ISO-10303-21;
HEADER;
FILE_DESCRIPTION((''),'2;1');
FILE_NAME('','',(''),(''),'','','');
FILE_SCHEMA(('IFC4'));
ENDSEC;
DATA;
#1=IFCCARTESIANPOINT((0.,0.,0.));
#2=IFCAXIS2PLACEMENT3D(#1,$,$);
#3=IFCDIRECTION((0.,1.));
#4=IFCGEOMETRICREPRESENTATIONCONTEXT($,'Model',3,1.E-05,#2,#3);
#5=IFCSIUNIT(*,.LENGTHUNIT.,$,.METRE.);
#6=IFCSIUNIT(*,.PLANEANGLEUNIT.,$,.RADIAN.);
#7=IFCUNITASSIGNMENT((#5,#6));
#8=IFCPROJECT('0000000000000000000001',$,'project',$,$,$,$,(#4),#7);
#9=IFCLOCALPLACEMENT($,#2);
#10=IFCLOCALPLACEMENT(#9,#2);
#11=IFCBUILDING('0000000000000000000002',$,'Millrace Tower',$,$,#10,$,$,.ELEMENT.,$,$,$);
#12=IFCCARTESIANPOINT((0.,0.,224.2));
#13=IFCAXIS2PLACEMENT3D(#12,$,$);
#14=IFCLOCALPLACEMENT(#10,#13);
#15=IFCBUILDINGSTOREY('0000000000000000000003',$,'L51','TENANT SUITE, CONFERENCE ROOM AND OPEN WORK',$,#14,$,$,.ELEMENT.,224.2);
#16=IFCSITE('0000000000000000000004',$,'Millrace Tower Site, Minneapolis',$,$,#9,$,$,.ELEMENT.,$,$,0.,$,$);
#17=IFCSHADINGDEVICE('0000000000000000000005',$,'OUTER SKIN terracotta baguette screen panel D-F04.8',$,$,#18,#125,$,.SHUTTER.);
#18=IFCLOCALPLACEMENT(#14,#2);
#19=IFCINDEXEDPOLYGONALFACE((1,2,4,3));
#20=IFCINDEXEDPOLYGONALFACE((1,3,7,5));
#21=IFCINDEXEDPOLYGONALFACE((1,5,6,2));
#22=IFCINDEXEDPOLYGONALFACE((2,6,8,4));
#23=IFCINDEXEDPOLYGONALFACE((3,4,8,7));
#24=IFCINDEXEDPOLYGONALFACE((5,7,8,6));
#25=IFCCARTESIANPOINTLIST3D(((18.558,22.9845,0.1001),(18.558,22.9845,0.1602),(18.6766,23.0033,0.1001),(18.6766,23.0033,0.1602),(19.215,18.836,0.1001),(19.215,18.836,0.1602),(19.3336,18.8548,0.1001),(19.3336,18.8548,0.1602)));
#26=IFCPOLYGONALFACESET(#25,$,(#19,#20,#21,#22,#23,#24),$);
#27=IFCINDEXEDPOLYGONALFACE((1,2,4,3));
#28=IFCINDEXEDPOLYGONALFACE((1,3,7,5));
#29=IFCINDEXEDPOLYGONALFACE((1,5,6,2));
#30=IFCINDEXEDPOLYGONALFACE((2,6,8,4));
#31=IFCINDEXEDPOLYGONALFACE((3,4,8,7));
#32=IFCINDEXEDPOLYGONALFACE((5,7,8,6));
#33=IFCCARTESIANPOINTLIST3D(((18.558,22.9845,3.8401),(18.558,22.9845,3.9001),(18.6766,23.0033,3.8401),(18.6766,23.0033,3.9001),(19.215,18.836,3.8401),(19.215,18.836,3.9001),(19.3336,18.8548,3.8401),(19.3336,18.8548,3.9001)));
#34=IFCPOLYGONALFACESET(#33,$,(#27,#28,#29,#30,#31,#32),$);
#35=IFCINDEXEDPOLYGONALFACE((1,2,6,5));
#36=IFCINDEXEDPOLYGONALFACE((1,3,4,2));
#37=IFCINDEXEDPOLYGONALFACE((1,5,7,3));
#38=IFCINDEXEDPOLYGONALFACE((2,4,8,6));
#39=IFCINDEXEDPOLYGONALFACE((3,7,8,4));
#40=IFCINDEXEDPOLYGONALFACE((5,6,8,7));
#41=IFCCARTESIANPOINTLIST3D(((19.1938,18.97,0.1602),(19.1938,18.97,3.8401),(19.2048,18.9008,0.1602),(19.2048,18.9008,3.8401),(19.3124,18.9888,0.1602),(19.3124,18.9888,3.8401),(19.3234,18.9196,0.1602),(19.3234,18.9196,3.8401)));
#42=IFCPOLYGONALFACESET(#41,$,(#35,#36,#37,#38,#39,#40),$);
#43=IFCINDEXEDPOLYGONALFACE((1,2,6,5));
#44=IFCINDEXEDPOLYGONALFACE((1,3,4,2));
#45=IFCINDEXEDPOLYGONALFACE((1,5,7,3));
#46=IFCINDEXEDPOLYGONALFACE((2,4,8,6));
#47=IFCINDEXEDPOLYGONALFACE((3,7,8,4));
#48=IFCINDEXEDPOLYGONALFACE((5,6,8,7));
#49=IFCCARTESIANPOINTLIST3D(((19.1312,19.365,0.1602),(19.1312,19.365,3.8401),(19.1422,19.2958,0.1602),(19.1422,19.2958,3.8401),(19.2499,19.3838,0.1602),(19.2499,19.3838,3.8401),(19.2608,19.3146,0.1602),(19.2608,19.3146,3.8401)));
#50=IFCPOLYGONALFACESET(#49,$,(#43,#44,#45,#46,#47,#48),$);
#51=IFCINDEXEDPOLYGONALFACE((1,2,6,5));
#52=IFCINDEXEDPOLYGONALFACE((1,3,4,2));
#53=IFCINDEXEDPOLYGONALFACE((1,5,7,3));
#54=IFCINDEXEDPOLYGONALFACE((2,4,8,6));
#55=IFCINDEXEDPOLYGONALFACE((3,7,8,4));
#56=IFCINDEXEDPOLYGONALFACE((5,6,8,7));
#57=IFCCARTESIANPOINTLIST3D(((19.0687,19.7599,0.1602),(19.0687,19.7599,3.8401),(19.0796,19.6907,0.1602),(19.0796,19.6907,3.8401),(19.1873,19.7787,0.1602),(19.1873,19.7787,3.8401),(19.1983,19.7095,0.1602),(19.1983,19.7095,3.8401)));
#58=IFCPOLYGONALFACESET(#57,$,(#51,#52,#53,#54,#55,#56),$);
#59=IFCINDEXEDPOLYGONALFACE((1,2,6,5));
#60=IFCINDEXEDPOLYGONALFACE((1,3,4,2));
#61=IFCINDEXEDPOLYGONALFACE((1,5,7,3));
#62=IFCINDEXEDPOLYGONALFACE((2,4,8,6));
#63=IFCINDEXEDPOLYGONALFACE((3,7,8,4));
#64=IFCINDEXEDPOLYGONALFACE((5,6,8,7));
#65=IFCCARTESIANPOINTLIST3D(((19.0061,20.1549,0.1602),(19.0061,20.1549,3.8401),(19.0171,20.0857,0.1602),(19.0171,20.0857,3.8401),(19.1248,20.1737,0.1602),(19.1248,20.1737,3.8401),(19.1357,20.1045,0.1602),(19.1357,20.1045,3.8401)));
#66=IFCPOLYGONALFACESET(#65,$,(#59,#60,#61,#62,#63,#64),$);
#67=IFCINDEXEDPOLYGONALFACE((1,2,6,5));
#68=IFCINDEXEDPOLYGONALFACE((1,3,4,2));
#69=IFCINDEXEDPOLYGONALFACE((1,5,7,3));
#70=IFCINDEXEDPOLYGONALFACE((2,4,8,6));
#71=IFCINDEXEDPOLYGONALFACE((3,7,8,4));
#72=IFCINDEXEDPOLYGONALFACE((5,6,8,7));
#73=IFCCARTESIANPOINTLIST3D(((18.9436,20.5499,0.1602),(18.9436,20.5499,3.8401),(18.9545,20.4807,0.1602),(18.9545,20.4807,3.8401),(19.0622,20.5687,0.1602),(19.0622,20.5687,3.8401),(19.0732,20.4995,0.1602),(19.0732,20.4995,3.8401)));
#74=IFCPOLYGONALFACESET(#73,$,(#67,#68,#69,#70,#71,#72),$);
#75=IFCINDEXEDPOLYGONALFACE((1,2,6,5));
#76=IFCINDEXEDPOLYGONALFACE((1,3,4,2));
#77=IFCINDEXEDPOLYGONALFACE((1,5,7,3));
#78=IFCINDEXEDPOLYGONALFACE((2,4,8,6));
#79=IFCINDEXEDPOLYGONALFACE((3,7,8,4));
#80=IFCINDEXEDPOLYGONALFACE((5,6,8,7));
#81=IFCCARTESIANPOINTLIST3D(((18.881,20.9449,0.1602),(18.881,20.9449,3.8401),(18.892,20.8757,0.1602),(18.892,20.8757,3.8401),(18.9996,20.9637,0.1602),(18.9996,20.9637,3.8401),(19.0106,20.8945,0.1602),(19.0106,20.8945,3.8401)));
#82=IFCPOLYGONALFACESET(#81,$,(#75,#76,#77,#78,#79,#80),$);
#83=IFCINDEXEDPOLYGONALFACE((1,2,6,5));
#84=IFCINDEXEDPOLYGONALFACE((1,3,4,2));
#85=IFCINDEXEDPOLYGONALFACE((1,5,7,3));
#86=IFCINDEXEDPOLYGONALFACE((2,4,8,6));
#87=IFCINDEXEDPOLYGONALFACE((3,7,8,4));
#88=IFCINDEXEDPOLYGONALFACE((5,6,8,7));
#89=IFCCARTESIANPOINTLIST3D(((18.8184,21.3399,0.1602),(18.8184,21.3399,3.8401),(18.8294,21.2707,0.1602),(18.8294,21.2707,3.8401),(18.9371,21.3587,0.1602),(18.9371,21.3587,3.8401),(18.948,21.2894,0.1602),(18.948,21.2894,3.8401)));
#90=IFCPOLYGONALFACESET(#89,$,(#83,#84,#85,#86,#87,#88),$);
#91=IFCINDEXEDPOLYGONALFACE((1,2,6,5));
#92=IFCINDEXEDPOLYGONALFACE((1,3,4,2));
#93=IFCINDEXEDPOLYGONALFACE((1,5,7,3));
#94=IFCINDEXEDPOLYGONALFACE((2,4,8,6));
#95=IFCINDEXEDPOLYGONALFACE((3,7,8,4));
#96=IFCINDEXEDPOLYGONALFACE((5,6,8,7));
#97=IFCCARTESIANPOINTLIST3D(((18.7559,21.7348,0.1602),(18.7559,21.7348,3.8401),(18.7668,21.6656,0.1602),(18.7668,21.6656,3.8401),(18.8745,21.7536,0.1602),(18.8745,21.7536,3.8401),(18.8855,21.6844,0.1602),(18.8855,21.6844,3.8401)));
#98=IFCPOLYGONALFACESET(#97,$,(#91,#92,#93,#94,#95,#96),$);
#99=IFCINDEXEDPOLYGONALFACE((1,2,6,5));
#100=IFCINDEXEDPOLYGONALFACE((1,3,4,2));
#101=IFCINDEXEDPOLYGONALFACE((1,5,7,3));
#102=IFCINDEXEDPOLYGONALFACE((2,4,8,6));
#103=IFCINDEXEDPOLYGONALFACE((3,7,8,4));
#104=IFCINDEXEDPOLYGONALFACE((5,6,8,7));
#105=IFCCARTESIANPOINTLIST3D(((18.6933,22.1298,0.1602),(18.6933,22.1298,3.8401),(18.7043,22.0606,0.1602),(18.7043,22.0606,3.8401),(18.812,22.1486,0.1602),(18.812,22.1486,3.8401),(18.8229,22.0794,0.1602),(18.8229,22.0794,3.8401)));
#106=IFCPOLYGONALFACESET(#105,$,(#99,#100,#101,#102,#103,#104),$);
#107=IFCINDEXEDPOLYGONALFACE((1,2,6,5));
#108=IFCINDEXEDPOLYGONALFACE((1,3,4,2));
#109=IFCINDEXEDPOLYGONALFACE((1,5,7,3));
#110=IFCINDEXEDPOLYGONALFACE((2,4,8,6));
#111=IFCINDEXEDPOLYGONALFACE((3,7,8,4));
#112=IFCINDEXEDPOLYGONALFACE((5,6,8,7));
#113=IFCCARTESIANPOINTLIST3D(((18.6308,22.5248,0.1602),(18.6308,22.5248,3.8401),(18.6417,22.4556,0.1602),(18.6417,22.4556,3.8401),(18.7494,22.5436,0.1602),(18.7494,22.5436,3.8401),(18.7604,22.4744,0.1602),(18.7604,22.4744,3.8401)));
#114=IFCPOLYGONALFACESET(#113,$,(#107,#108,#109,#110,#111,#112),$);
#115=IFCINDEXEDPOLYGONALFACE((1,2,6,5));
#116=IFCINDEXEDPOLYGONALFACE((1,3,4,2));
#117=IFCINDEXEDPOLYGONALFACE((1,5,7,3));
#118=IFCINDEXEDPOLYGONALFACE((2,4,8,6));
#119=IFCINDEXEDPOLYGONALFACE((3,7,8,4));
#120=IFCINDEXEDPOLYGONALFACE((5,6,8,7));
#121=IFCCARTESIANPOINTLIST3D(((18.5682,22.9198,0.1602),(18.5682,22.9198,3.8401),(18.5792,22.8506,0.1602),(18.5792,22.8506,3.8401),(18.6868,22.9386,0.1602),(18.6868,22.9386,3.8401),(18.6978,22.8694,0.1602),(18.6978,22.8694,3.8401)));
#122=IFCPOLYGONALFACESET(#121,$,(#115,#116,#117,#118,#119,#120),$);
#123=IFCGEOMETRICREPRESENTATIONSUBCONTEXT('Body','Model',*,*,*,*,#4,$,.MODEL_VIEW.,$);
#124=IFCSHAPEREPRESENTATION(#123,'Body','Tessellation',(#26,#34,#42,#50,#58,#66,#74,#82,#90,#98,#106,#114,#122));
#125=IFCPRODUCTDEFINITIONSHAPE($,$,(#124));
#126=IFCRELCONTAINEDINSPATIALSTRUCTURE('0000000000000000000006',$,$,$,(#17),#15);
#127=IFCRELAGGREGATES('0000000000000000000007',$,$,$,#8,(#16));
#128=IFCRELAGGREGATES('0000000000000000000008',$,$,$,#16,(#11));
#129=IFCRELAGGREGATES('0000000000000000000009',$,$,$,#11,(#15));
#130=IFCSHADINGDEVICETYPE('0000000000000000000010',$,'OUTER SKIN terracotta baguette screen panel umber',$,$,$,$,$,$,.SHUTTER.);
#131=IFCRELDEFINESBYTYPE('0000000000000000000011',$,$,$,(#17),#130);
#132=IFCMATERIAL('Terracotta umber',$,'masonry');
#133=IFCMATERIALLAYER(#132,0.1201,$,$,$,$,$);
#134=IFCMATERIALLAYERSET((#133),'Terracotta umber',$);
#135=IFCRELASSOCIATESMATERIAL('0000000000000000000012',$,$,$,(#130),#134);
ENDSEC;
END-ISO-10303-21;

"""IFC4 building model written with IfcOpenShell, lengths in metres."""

from ifc_helpers import new_model, entity, si_unit, direction, frame, frame_2d, origin, origin_2d, place, context, subcontext, project, spatial, rectangle, extrude, source, transform, mapped, material, layer, layer_set, type_object, element, save


model = new_model("IFC4")

# Units and contexts
model_context = context("Model", 3, precision=1e-05, world=origin(), true_north=direction((0.0, 1.0)))
body_context = subcontext(model_context, "Body", "Model", "MODEL_VIEW")
ifc_project = project(units=[si_unit("LENGTHUNIT", "METRE"), si_unit("PLANEANGLEUNIT", "RADIAN")], contexts=[model_context])

# Site, building, storey
site_placement = place(None, origin())
site = spatial("IfcSite", under=ifc_project, at=site_placement, Name="Millrace Tower Site, Minneapolis", CompositionType="ELEMENT", RefElevation=0.0)
building_placement = place(site_placement, origin())
building = spatial("IfcBuilding", under=site, at=building_placement, Name="Millrace Tower", CompositionType="ELEMENT")
storey_placement = place(building_placement, frame((0.0, 0.0, 224.2)))
storey = spatial("IfcBuildingStorey", under=building, at=storey_placement, Name="L51", Description="TENANT SUITE, CONFERENCE ROOM AND OPEN WORK", CompositionType="ELEMENT", Elevation=224.2)

# Shading device
ifc_material_1 = material(Name="Terracotta umber", Category="masonry")
ifc_layer_1 = layer(ifc_material_1, 0.1201)
ifc_layer_set_1 = layer_set([ifc_layer_1], Name="Terracotta umber")
shading_device_type = type_object("IfcShadingDeviceType", Name="OUTER SKIN terracotta baguette screen panel umber", PredefinedType="SHUTTER", material=ifc_layer_set_1)
cartesian_point_1 = entity("IfcCartesianPoint", [-2.1001, 0.0601])
shared_polyline_1 = entity("IfcPolyline", [cartesian_point_1, entity("IfcCartesianPoint", [2.1001, 0.0601]), entity("IfcCartesianPoint", [2.1001, -0.0601]), entity("IfcCartesianPoint", [-2.1001, -0.0601]), cartesian_point_1])
shared_shape_1 = source(origin(), body_context, "Body", "SweptSolid", [
    entity("IfcExtrudedAreaSolid", entity("IfcArbitraryClosedProfileDef", "AREA", None, shared_polyline_1), entity("IfcAxis2Placement3D", entity("IfcCartesianPoint", [0.0, 0.0, 0.0])), entity("IfcDirection", [0.0, 0.0, 1.0]), 0.0601),
    entity("IfcExtrudedAreaSolid", entity("IfcArbitraryClosedProfileDef", "AREA", None, shared_polyline_1), entity("IfcAxis2Placement3D", entity("IfcCartesianPoint", [0.0, 0.0, 3.74])), entity("IfcDirection", [0.0, 0.0, 1.0]), 0.0601),
    extrude(rectangle(XDim=0.0701, YDim=0.1201, at=frame_2d((-1.9995, 0.0))), frame((0.0, 0.0, 0.0601)), (0.0, 0.0, 1.0), 3.6799),
    extrude(rectangle(XDim=0.0701, YDim=0.1201, at=frame_2d((-1.5996, 0.0))), frame((0.0, 0.0, 0.0601)), (0.0, 0.0, 1.0), 3.6799),
    extrude(rectangle(XDim=0.0701, YDim=0.1201, at=frame_2d((-1.1997, 0.0))), frame((0.0, 0.0, 0.0601)), (0.0, 0.0, 1.0), 3.6799),
    extrude(rectangle(XDim=0.0701, YDim=0.1201, at=frame_2d((-0.7998, 0.0))), frame((0.0, 0.0, 0.0601)), (0.0, 0.0, 1.0), 3.6799),
    extrude(rectangle(XDim=0.0701, YDim=0.1201, at=frame_2d((-0.3999, 0.0))), frame((0.0, 0.0, 0.0601)), (0.0, 0.0, 1.0), 3.6799),
    extrude(rectangle(XDim=0.0701, YDim=0.1201, at=origin_2d()), frame((0.0, 0.0, 0.0601)), (0.0, 0.0, 1.0), 3.6799),
    extrude(rectangle(XDim=0.0701, YDim=0.1201, at=frame_2d((0.3999, 0.0))), frame((0.0, 0.0, 0.0601)), (0.0, 0.0, 1.0), 3.6799),
    extrude(rectangle(XDim=0.0701, YDim=0.1201, at=frame_2d((0.7998, 0.0))), frame((0.0, 0.0, 0.0601)), (0.0, 0.0, 1.0), 3.6799),
    extrude(rectangle(XDim=0.0701, YDim=0.1201, at=frame_2d((1.1997, 0.0))), frame((0.0, 0.0, 0.0601)), (0.0, 0.0, 1.0), 3.6799),
    extrude(rectangle(XDim=0.0701, YDim=0.1201, at=frame_2d((1.5996, 0.0))), frame((0.0, 0.0, 0.0601)), (0.0, 0.0, 1.0), 3.6799),
    extrude(rectangle(XDim=0.0701, YDim=0.1201, at=frame_2d((1.9995, 0.0))), frame((0.0, 0.0, 0.0601)), (0.0, 0.0, 1.0), 3.6799),
])
for number, where, z_axis, x_axis, name in (
    (1, (18.9458, 20.9197, 0.1001), (0.0, 0.0, 1.0), (-0.156434, 0.987688, 0.0), "OUTER SKIN terracotta baguette screen panel D-F04.8"),
):
    element("IfcShadingDevice", number, at=place(storey_placement, frame(where, z_axis=z_axis, x_axis=x_axis)), inside=storey, type_object=shading_device_type, Name=name, PredefinedType="SHUTTER", context=body_context, shape_type="MappedRepresentation", body=[
        mapped(shared_shape_1, transform((0.0, 0.0, 0.0), scale=1.0)),
    ])

save(model, "model.ifc")
